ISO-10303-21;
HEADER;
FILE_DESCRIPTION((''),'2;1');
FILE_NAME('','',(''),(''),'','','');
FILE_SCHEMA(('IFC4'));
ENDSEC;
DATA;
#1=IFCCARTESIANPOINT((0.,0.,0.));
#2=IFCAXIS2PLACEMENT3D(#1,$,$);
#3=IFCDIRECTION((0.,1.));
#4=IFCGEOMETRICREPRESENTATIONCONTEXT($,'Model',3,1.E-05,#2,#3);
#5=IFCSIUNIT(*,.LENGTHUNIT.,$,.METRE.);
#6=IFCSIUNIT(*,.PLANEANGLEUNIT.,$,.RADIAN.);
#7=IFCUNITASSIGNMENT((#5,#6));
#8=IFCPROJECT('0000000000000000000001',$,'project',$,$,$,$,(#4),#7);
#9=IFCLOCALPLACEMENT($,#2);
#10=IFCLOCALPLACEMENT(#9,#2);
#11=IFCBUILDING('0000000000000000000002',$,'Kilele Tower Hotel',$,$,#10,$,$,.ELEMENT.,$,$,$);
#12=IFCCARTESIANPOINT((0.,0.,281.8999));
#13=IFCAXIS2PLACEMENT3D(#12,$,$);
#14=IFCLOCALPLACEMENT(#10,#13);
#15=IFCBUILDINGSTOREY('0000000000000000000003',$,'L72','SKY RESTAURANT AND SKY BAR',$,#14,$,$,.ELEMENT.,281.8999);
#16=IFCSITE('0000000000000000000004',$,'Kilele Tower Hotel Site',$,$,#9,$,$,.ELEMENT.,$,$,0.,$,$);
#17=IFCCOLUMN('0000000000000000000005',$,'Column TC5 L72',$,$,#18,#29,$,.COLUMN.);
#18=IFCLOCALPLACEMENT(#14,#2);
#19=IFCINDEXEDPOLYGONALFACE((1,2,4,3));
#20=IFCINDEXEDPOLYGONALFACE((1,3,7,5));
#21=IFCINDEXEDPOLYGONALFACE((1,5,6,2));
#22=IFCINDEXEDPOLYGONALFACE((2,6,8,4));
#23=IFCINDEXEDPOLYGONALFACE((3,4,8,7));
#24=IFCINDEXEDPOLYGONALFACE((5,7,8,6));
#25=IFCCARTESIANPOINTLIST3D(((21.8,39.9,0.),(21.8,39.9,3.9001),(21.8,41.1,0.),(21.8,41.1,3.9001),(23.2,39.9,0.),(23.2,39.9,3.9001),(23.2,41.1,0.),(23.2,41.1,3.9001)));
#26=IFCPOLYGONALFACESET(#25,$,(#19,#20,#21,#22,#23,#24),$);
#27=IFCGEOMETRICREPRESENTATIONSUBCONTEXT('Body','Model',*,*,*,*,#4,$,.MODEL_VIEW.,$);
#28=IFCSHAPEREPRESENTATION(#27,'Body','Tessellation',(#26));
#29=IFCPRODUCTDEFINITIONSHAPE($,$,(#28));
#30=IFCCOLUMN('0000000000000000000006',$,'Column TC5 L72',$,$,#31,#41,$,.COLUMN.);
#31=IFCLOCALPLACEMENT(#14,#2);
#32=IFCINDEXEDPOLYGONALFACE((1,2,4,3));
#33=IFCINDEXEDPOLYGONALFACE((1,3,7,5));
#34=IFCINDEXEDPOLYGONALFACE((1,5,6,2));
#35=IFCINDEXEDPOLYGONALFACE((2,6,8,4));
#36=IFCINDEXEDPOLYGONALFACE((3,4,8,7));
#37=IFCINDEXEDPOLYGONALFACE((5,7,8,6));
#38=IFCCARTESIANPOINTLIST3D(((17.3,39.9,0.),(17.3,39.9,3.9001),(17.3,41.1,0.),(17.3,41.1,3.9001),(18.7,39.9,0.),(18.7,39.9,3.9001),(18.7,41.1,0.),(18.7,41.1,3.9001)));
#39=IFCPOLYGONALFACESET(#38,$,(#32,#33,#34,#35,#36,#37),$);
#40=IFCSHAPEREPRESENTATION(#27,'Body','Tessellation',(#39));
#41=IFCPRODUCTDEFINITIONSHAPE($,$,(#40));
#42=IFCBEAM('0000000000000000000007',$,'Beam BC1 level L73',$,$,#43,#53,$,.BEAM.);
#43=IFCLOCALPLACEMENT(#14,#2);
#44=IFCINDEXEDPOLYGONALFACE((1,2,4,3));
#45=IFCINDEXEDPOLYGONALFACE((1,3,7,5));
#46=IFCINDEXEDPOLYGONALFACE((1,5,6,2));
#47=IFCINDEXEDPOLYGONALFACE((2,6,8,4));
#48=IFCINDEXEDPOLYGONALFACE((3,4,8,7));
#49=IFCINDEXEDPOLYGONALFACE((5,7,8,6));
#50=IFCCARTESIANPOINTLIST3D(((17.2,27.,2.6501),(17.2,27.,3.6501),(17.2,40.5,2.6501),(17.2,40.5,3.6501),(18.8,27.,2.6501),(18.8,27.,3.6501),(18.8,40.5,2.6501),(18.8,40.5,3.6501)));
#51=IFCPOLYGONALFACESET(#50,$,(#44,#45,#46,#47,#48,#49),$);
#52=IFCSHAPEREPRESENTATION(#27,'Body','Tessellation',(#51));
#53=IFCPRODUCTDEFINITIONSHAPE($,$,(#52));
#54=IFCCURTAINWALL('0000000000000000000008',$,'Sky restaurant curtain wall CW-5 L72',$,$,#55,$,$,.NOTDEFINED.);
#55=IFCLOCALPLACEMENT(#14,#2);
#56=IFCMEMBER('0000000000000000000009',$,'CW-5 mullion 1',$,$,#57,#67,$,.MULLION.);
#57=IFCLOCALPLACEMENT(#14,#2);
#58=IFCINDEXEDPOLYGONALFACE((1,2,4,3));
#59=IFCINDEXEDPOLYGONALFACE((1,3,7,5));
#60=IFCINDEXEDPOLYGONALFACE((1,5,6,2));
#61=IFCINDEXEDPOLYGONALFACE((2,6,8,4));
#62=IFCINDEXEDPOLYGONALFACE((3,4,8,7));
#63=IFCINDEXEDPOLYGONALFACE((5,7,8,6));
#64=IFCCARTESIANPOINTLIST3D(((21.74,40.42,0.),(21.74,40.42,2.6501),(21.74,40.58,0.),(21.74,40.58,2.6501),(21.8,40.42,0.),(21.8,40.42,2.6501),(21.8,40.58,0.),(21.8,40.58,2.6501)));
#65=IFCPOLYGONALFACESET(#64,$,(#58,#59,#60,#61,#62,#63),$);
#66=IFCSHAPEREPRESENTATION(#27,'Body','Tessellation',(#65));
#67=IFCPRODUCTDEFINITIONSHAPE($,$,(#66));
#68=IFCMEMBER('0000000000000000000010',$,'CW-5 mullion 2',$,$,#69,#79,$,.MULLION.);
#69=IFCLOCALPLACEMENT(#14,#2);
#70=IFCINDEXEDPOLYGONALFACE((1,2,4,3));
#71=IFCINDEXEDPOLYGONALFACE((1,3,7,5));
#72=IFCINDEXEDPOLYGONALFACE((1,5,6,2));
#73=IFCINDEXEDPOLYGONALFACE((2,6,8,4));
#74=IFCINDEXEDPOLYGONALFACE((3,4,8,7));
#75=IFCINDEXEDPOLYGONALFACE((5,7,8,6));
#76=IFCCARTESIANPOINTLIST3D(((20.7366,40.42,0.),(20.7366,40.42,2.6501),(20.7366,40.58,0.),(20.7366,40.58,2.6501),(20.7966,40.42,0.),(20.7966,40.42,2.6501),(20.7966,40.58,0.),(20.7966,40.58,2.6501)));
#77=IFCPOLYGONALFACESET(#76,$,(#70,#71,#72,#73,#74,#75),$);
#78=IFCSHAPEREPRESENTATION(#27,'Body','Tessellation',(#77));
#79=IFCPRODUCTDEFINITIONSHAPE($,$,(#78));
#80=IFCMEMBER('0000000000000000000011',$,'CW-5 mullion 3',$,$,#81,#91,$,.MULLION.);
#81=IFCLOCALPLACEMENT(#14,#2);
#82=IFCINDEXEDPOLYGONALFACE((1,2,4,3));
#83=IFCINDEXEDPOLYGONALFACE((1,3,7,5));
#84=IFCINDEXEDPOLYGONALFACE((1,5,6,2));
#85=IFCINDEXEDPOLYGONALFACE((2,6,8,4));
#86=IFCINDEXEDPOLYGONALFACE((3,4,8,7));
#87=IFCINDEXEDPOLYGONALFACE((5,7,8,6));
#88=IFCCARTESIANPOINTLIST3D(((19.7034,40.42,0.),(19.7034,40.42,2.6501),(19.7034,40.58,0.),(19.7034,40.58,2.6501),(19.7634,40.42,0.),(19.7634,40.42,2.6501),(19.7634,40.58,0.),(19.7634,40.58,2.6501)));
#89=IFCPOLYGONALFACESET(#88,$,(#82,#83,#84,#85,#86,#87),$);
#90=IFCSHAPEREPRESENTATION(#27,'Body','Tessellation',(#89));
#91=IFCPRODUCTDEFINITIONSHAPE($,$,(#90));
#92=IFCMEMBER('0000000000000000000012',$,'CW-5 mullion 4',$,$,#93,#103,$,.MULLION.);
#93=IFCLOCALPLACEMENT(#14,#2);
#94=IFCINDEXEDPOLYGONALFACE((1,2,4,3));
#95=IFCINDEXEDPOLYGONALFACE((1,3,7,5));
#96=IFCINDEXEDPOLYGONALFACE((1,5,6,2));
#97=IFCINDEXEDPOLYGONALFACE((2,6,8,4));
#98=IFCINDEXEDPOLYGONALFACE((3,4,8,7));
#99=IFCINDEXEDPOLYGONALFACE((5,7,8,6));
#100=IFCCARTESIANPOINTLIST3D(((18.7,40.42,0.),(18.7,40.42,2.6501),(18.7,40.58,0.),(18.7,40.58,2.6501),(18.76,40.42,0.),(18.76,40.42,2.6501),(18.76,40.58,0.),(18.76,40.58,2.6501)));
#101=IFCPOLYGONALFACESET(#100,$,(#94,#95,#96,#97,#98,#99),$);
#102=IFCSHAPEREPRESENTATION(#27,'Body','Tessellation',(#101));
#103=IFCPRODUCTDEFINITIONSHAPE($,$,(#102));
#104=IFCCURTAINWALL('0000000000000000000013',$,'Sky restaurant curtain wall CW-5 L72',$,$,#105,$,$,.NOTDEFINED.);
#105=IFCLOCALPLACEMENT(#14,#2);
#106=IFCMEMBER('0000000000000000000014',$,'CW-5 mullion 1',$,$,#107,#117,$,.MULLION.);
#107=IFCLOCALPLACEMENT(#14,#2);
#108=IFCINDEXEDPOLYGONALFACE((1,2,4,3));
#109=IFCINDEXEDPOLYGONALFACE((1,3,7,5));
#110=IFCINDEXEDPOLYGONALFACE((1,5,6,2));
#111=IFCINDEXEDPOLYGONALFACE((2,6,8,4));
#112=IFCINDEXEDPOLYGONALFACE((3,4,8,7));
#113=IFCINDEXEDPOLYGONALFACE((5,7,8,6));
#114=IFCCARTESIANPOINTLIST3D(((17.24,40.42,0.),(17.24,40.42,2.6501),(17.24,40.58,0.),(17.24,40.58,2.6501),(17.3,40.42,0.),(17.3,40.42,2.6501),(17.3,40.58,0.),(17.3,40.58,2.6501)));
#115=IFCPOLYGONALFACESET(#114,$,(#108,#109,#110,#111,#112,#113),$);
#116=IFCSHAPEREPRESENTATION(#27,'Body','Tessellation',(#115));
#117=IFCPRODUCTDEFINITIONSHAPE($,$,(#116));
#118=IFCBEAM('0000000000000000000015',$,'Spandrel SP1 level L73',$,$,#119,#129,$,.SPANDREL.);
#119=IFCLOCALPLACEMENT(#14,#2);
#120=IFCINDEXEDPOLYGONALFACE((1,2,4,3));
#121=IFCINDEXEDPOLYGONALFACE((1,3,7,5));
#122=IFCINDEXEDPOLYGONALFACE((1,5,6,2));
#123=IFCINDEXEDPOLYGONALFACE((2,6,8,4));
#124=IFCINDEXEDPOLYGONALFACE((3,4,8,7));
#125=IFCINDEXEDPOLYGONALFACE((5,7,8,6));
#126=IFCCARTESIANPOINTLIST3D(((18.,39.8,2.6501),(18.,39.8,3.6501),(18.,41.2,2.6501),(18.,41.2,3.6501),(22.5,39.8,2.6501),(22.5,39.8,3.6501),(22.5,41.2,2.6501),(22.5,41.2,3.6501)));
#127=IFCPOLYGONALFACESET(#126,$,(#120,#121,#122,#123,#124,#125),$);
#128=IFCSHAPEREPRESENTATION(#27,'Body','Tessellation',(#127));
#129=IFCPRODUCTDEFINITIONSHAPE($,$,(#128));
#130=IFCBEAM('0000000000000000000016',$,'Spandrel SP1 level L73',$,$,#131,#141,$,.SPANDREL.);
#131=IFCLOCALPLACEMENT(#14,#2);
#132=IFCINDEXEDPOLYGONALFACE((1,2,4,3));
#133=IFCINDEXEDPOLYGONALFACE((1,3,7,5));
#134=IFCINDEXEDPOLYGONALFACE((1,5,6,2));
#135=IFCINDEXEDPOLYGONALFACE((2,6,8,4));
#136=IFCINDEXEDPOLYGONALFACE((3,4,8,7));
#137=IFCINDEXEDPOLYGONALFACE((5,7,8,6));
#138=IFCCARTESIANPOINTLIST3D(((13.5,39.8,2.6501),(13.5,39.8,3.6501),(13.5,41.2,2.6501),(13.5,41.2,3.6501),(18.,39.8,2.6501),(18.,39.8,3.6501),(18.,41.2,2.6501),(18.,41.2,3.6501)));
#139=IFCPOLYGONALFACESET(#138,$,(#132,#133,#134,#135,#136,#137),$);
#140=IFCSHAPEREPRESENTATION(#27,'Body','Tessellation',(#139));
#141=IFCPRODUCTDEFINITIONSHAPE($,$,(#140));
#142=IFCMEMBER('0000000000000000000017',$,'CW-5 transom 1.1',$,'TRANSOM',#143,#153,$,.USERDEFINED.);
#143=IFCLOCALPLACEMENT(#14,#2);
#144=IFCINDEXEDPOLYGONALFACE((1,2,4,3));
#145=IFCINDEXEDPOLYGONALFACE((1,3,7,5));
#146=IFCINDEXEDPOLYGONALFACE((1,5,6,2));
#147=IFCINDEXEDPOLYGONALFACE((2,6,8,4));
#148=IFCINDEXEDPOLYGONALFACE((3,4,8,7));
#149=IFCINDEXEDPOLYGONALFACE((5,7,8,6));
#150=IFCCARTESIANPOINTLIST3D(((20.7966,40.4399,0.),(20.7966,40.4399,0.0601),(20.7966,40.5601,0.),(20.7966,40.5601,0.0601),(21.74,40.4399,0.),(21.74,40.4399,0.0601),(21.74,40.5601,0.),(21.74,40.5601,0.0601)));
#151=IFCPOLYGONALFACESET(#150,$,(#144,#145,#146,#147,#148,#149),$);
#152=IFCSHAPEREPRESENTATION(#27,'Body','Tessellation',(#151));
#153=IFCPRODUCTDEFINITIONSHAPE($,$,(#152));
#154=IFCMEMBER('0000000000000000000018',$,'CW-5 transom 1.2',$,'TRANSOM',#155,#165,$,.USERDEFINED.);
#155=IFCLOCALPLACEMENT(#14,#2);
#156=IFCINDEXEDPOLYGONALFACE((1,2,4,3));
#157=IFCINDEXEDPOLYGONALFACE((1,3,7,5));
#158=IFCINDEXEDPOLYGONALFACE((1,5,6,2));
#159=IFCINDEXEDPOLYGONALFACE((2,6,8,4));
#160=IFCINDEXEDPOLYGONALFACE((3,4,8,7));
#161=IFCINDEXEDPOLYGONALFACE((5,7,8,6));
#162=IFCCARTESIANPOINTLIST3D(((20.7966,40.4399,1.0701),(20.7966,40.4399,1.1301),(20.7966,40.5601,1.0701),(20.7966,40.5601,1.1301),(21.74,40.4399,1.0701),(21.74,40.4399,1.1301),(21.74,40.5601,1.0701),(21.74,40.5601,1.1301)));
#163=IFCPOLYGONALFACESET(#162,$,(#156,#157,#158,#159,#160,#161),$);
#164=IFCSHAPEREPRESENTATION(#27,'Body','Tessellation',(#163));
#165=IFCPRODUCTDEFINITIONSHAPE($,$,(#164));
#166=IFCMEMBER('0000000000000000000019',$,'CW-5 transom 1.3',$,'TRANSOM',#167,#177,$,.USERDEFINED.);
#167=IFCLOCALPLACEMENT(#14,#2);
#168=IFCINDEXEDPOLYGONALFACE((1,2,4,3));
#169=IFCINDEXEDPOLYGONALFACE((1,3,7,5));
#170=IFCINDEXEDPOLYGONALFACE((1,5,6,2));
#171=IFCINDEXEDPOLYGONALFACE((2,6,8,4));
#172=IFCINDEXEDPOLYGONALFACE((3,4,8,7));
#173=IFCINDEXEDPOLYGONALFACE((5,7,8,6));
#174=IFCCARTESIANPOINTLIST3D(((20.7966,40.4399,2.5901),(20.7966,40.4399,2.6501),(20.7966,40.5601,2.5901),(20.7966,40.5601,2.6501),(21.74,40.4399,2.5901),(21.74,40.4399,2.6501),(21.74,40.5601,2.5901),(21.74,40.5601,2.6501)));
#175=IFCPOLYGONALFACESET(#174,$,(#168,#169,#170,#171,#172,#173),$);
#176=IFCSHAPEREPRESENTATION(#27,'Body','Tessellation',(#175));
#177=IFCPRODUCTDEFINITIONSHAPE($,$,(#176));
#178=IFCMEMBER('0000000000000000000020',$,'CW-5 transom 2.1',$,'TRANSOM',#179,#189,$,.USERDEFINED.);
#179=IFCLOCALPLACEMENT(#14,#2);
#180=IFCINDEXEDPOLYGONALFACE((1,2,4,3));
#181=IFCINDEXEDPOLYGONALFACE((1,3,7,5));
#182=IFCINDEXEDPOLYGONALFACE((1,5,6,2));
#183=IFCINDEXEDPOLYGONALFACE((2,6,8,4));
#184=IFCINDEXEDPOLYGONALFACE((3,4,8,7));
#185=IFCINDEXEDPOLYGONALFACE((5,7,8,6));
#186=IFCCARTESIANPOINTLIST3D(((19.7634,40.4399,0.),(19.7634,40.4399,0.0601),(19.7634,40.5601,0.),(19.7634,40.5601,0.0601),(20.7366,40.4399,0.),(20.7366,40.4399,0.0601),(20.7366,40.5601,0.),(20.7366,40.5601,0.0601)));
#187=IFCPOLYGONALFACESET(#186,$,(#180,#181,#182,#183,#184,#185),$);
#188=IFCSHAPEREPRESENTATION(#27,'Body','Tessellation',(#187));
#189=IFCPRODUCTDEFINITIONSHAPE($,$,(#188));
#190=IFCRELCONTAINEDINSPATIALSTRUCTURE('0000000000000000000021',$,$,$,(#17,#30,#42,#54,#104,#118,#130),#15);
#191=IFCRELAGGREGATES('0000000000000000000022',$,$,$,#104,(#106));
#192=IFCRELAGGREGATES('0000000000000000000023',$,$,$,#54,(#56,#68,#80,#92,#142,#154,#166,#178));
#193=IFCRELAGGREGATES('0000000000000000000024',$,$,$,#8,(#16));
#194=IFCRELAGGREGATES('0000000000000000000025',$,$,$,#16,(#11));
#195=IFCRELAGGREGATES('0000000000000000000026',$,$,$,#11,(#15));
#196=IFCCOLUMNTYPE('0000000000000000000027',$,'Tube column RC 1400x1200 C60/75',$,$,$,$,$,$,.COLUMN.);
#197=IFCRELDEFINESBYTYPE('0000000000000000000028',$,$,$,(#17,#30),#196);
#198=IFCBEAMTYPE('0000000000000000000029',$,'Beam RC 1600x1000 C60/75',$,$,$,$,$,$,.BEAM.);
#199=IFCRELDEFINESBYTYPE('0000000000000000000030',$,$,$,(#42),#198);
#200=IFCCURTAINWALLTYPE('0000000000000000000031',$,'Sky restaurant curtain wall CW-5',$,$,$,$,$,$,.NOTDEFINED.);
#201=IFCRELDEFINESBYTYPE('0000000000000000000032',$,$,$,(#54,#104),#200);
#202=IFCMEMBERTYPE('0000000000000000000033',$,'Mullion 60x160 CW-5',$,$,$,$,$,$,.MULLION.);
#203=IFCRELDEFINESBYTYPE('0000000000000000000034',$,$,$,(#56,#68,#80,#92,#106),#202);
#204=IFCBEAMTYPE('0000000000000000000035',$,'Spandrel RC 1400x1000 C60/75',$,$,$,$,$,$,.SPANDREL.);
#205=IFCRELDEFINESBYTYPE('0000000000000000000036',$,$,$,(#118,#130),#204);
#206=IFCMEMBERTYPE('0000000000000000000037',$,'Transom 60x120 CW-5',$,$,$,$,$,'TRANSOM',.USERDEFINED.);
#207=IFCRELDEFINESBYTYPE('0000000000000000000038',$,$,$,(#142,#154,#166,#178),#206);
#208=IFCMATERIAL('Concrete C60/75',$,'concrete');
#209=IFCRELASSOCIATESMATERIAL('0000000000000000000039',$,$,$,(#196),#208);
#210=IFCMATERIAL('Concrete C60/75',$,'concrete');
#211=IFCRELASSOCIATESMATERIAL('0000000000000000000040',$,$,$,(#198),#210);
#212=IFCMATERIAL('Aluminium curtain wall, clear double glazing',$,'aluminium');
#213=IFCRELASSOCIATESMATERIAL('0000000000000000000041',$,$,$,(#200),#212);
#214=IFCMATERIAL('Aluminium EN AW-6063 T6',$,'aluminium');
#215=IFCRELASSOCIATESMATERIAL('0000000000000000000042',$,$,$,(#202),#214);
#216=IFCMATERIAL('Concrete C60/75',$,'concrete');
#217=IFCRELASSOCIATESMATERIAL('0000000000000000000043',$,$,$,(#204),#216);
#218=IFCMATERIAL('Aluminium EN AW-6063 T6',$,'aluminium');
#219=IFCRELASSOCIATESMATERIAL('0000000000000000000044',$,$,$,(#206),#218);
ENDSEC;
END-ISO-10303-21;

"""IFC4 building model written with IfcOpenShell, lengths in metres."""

from ifc_helpers import new_model, si_unit, direction, frame, origin, origin_2d, place, context, subcontext, project, spatial, rectangle, extrude, material, material_profile, profile_set, type_object, element, aggregate, save


model = new_model("IFC4")

# Units and contexts
model_context = context("Model", 3, precision=1e-05, world=origin(), true_north=direction((0.0, 1.0)))
body_context = subcontext(model_context, "Body", "Model", "MODEL_VIEW")
ifc_project = project(units=[si_unit("LENGTHUNIT", "METRE"), si_unit("PLANEANGLEUNIT", "RADIAN")], contexts=[model_context])

# Site, building, storey
site_placement = place(None, origin())
site = spatial("IfcSite", under=ifc_project, at=site_placement, Name="Kilele Tower Hotel Site", CompositionType="ELEMENT", RefElevation=0.0)
building_placement = place(site_placement, origin())
building = spatial("IfcBuilding", under=site, at=building_placement, Name="Kilele Tower Hotel", CompositionType="ELEMENT")
storey_placement = place(building_placement, frame((0.0, 0.0, 281.8999)))
storey = spatial("IfcBuildingStorey", under=building, at=storey_placement, Name="L72", Description="SKY RESTAURANT AND SKY BAR", CompositionType="ELEMENT", Elevation=281.8999)

# Columns
ifc_material_1 = material(Name="Concrete C60/75", Category="concrete")
ifc_material_profile_1 = material_profile(ifc_material_1, rectangle(XDim=1.3999, YDim=1.2, at=origin_2d()))
ifc_profile_set_1 = profile_set([ifc_material_profile_1], Name="Concrete C60/75")
column_type = type_object("IfcColumnType", Name="Tube column RC 1400x1200 C60/75", PredefinedType="COLUMN", material=ifc_profile_set_1)
for number, where, z_axis, x_axis, name in (
    (1, (22.5, 40.5, 0.0), (0.0, 0.0, 1.0), (1.0, 0.0, 0.0), "Column TC5 L72"),
    (2, (18.0, 40.5, 0.0), (0.0, 0.0, 1.0), (1.0, 0.0, 0.0), "Column TC5 L72"),
):
    element("IfcColumn", number, at=place(storey_placement, frame(where, z_axis=z_axis, x_axis=x_axis)), inside=storey, type_object=column_type, Name=name, PredefinedType="COLUMN", context=body_context, shape_type="SweptSolid", body=[
        extrude(rectangle(XDim=1.3999, YDim=1.2, at=origin_2d()), origin(), (0.0, 0.0, 1.0), 3.9001),
    ])

# Beam
ifc_material_2 = material(Name="Concrete C60/75", Category="concrete")
ifc_material_profile_2 = material_profile(ifc_material_2, rectangle(XDim=1.6001, YDim=1.0, at=origin_2d()))
ifc_profile_set_2 = profile_set([ifc_material_profile_2], Name="Concrete C60/75")
beam_type_1 = type_object("IfcBeamType", Name="Beam RC 1600x1000 C60/75", PredefinedType="BEAM", material=ifc_profile_set_2)
beam_placement = place(storey_placement, frame((18.0, 40.5, 3.1501), z_axis=(0.0, -1.0, 0.0), x_axis=(1.0, 0.0, 0.0)))
element("IfcBeam", 3, at=beam_placement, inside=storey, type_object=beam_type_1, Name="Beam BC1 level L73", PredefinedType="BEAM", context=body_context, shape_type="SweptSolid", body=[
    extrude(rectangle(XDim=1.6001, YDim=1.0, at=origin_2d()), origin(), (0.0, 0.0, 1.0), 13.5),
])

# Curtain wall, members
ifc_material_3 = material(Name="Aluminium curtain wall, clear double glazing", Category="aluminium")
curtain_wall_type = type_object("IfcCurtainWallType", Name="Sky restaurant curtain wall CW-5", PredefinedType="NOTDEFINED", material=ifc_material_3)
curtain_wall_1_placement = place(storey_placement, origin())
curtain_wall_1 = element("IfcCurtainWall", 4, at=curtain_wall_1_placement, inside=storey, type_object=curtain_wall_type, Name="Sky restaurant curtain wall CW-5 L72", PredefinedType="NOTDEFINED")
ifc_material_4 = material(Name="Aluminium EN AW-6063 T6", Category="aluminium")
ifc_material_profile_3 = material_profile(ifc_material_4, rectangle(XDim=0.1599, YDim=0.0601, at=origin_2d()))
ifc_profile_set_3 = profile_set([ifc_material_profile_3], Name="Aluminium EN AW-6063 T6")
member_type_1 = type_object("IfcMemberType", Name="Mullion 60x160 CW-5", PredefinedType="MULLION", material=ifc_profile_set_3)
member_1_placement = place(storey_placement, frame((21.77, 40.5, 0.0), z_axis=(0.0, 0.0, 1.0), x_axis=(0.0, -1.0, 0.0)))
member_1 = element("IfcMember", 5, at=member_1_placement, type_object=member_type_1, Name="CW-5 mullion 1", PredefinedType="MULLION", context=body_context, shape_type="SweptSolid", body=[
    extrude(rectangle(XDim=0.1599, YDim=0.0601, at=origin_2d()), origin(), (0.0, 0.0, 1.0), 2.6501),
])
member_2_placement = place(storey_placement, frame((20.7666, 40.5, 0.0), z_axis=(0.0, 0.0, 1.0), x_axis=(0.0, -1.0, 0.0)))
member_2 = element("IfcMember", 6, at=member_2_placement, type_object=member_type_1, Name="CW-5 mullion 2", PredefinedType="MULLION", context=body_context, shape_type="SweptSolid", body=[
    extrude(rectangle(XDim=0.1599, YDim=0.0601, at=origin_2d()), origin(), (0.0, 0.0, 1.0), 2.6501),
])
member_3_placement = place(storey_placement, frame((19.7334, 40.5, 0.0), z_axis=(0.0, 0.0, 1.0), x_axis=(0.0, -1.0, 0.0)))
member_3 = element("IfcMember", 7, at=member_3_placement, type_object=member_type_1, Name="CW-5 mullion 3", PredefinedType="MULLION", context=body_context, shape_type="SweptSolid", body=[
    extrude(rectangle(XDim=0.1599, YDim=0.0601, at=origin_2d()), origin(), (0.0, 0.0, 1.0), 2.6501),
])
member_4_placement = place(storey_placement, frame((18.73, 40.5, 0.0), z_axis=(0.0, 0.0, 1.0), x_axis=(0.0, -1.0, 0.0)))
member_4 = element("IfcMember", 8, at=member_4_placement, type_object=member_type_1, Name="CW-5 mullion 4", PredefinedType="MULLION", context=body_context, shape_type="SweptSolid", body=[
    extrude(rectangle(XDim=0.1599, YDim=0.0601, at=origin_2d()), origin(), (0.0, 0.0, 1.0), 2.6501),
])

# Curtain wall, member
curtain_wall_2_placement = place(storey_placement, origin())
curtain_wall_2 = element("IfcCurtainWall", 9, at=curtain_wall_2_placement, inside=storey, type_object=curtain_wall_type, Name="Sky restaurant curtain wall CW-5 L72", PredefinedType="NOTDEFINED")
member_5_placement = place(storey_placement, frame((17.27, 40.5, 0.0), z_axis=(0.0, 0.0, 1.0), x_axis=(0.0, -1.0, 0.0)))
member_5 = element("IfcMember", 10, at=member_5_placement, type_object=member_type_1, Name="CW-5 mullion 1", PredefinedType="MULLION", context=body_context, shape_type="SweptSolid", body=[
    extrude(rectangle(XDim=0.1599, YDim=0.0601, at=origin_2d()), origin(), (0.0, 0.0, 1.0), 2.6501),
])
aggregate(curtain_wall_2, [member_5])

# Beams
ifc_material_5 = material(Name="Concrete C60/75", Category="concrete")
ifc_material_profile_4 = material_profile(ifc_material_5, rectangle(XDim=1.3999, YDim=1.0, at=origin_2d()))
ifc_profile_set_4 = profile_set([ifc_material_profile_4], Name="Concrete C60/75")
beam_type_2 = type_object("IfcBeamType", Name="Spandrel RC 1400x1000 C60/75", PredefinedType="SPANDREL", material=ifc_profile_set_4)
for number, where, z_axis, x_axis, name in (
    (11, (22.5, 40.5, 3.1501), (-1.0, 0.0, 0.0), (0.0, -1.0, 0.0), "Spandrel SP1 level L73"),
    (12, (18.0, 40.5, 3.1501), (-1.0, 0.0, 0.0), (0.0, -1.0, 0.0), "Spandrel SP1 level L73"),
):
    element("IfcBeam", number, at=place(storey_placement, frame(where, z_axis=z_axis, x_axis=x_axis)), inside=storey, type_object=beam_type_2, Name=name, PredefinedType="SPANDREL", context=body_context, shape_type="SweptSolid", body=[
        extrude(rectangle(XDim=1.3999, YDim=1.0, at=origin_2d()), origin(), (0.0, 0.0, 1.0), 4.5),
    ])

# Members
ifc_material_6 = material(Name="Aluminium EN AW-6063 T6", Category="aluminium")
ifc_material_profile_5 = material_profile(ifc_material_6, rectangle(XDim=0.1201, YDim=0.0601, at=origin_2d()))
ifc_profile_set_5 = profile_set([ifc_material_profile_5], Name="Aluminium EN AW-6063 T6")
member_type_2 = type_object("IfcMemberType", Name="Transom 60x120 CW-5", ElementType="TRANSOM", PredefinedType="USERDEFINED", material=ifc_profile_set_5)
member_6_placement = place(storey_placement, frame((21.74, 40.5, 0.03), z_axis=(-1.0, 0.0, 0.0), x_axis=(0.0, -1.0, 0.0)))
member_6 = element("IfcMember", 13, at=member_6_placement, type_object=member_type_2, Name="CW-5 transom 1.1", ObjectType="TRANSOM", PredefinedType="USERDEFINED", context=body_context, shape_type="SweptSolid", body=[
    extrude(rectangle(XDim=0.1201, YDim=0.0601, at=origin_2d()), origin(), (0.0, 0.0, 1.0), 0.9434),
])
member_7_placement = place(storey_placement, frame((21.74, 40.5, 1.1001), z_axis=(-1.0, 0.0, 0.0), x_axis=(0.0, -1.0, 0.0)))
member_7 = element("IfcMember", 14, at=member_7_placement, type_object=member_type_2, Name="CW-5 transom 1.2", ObjectType="TRANSOM", PredefinedType="USERDEFINED", context=body_context, shape_type="SweptSolid", body=[
    extrude(rectangle(XDim=0.1201, YDim=0.0601, at=origin_2d()), origin(), (0.0, 0.0, 1.0), 0.9434),
])
member_8_placement = place(storey_placement, frame((21.74, 40.5, 2.6201), z_axis=(-1.0, 0.0, 0.0), x_axis=(0.0, -1.0, 0.0)))
member_8 = element("IfcMember", 15, at=member_8_placement, type_object=member_type_2, Name="CW-5 transom 1.3", ObjectType="TRANSOM", PredefinedType="USERDEFINED", context=body_context, shape_type="SweptSolid", body=[
    extrude(rectangle(XDim=0.1201, YDim=0.0601, at=origin_2d()), origin(), (0.0, 0.0, 1.0), 0.9434),
])
member_9_placement = place(storey_placement, frame((20.7366, 40.5, 0.03), z_axis=(-1.0, 0.0, 0.0), x_axis=(0.0, -1.0, 0.0)))
member_9 = element("IfcMember", 16, at=member_9_placement, type_object=member_type_2, Name="CW-5 transom 2.1", ObjectType="TRANSOM", PredefinedType="USERDEFINED", context=body_context, shape_type="SweptSolid", body=[
    extrude(rectangle(XDim=0.1201, YDim=0.0601, at=origin_2d()), origin(), (0.0, 0.0, 1.0), 0.9731),
])

aggregate(curtain_wall_1, [member_1, member_2, member_3, member_4, member_6, member_7, member_8, member_9])

save(model, "model.ifc")
